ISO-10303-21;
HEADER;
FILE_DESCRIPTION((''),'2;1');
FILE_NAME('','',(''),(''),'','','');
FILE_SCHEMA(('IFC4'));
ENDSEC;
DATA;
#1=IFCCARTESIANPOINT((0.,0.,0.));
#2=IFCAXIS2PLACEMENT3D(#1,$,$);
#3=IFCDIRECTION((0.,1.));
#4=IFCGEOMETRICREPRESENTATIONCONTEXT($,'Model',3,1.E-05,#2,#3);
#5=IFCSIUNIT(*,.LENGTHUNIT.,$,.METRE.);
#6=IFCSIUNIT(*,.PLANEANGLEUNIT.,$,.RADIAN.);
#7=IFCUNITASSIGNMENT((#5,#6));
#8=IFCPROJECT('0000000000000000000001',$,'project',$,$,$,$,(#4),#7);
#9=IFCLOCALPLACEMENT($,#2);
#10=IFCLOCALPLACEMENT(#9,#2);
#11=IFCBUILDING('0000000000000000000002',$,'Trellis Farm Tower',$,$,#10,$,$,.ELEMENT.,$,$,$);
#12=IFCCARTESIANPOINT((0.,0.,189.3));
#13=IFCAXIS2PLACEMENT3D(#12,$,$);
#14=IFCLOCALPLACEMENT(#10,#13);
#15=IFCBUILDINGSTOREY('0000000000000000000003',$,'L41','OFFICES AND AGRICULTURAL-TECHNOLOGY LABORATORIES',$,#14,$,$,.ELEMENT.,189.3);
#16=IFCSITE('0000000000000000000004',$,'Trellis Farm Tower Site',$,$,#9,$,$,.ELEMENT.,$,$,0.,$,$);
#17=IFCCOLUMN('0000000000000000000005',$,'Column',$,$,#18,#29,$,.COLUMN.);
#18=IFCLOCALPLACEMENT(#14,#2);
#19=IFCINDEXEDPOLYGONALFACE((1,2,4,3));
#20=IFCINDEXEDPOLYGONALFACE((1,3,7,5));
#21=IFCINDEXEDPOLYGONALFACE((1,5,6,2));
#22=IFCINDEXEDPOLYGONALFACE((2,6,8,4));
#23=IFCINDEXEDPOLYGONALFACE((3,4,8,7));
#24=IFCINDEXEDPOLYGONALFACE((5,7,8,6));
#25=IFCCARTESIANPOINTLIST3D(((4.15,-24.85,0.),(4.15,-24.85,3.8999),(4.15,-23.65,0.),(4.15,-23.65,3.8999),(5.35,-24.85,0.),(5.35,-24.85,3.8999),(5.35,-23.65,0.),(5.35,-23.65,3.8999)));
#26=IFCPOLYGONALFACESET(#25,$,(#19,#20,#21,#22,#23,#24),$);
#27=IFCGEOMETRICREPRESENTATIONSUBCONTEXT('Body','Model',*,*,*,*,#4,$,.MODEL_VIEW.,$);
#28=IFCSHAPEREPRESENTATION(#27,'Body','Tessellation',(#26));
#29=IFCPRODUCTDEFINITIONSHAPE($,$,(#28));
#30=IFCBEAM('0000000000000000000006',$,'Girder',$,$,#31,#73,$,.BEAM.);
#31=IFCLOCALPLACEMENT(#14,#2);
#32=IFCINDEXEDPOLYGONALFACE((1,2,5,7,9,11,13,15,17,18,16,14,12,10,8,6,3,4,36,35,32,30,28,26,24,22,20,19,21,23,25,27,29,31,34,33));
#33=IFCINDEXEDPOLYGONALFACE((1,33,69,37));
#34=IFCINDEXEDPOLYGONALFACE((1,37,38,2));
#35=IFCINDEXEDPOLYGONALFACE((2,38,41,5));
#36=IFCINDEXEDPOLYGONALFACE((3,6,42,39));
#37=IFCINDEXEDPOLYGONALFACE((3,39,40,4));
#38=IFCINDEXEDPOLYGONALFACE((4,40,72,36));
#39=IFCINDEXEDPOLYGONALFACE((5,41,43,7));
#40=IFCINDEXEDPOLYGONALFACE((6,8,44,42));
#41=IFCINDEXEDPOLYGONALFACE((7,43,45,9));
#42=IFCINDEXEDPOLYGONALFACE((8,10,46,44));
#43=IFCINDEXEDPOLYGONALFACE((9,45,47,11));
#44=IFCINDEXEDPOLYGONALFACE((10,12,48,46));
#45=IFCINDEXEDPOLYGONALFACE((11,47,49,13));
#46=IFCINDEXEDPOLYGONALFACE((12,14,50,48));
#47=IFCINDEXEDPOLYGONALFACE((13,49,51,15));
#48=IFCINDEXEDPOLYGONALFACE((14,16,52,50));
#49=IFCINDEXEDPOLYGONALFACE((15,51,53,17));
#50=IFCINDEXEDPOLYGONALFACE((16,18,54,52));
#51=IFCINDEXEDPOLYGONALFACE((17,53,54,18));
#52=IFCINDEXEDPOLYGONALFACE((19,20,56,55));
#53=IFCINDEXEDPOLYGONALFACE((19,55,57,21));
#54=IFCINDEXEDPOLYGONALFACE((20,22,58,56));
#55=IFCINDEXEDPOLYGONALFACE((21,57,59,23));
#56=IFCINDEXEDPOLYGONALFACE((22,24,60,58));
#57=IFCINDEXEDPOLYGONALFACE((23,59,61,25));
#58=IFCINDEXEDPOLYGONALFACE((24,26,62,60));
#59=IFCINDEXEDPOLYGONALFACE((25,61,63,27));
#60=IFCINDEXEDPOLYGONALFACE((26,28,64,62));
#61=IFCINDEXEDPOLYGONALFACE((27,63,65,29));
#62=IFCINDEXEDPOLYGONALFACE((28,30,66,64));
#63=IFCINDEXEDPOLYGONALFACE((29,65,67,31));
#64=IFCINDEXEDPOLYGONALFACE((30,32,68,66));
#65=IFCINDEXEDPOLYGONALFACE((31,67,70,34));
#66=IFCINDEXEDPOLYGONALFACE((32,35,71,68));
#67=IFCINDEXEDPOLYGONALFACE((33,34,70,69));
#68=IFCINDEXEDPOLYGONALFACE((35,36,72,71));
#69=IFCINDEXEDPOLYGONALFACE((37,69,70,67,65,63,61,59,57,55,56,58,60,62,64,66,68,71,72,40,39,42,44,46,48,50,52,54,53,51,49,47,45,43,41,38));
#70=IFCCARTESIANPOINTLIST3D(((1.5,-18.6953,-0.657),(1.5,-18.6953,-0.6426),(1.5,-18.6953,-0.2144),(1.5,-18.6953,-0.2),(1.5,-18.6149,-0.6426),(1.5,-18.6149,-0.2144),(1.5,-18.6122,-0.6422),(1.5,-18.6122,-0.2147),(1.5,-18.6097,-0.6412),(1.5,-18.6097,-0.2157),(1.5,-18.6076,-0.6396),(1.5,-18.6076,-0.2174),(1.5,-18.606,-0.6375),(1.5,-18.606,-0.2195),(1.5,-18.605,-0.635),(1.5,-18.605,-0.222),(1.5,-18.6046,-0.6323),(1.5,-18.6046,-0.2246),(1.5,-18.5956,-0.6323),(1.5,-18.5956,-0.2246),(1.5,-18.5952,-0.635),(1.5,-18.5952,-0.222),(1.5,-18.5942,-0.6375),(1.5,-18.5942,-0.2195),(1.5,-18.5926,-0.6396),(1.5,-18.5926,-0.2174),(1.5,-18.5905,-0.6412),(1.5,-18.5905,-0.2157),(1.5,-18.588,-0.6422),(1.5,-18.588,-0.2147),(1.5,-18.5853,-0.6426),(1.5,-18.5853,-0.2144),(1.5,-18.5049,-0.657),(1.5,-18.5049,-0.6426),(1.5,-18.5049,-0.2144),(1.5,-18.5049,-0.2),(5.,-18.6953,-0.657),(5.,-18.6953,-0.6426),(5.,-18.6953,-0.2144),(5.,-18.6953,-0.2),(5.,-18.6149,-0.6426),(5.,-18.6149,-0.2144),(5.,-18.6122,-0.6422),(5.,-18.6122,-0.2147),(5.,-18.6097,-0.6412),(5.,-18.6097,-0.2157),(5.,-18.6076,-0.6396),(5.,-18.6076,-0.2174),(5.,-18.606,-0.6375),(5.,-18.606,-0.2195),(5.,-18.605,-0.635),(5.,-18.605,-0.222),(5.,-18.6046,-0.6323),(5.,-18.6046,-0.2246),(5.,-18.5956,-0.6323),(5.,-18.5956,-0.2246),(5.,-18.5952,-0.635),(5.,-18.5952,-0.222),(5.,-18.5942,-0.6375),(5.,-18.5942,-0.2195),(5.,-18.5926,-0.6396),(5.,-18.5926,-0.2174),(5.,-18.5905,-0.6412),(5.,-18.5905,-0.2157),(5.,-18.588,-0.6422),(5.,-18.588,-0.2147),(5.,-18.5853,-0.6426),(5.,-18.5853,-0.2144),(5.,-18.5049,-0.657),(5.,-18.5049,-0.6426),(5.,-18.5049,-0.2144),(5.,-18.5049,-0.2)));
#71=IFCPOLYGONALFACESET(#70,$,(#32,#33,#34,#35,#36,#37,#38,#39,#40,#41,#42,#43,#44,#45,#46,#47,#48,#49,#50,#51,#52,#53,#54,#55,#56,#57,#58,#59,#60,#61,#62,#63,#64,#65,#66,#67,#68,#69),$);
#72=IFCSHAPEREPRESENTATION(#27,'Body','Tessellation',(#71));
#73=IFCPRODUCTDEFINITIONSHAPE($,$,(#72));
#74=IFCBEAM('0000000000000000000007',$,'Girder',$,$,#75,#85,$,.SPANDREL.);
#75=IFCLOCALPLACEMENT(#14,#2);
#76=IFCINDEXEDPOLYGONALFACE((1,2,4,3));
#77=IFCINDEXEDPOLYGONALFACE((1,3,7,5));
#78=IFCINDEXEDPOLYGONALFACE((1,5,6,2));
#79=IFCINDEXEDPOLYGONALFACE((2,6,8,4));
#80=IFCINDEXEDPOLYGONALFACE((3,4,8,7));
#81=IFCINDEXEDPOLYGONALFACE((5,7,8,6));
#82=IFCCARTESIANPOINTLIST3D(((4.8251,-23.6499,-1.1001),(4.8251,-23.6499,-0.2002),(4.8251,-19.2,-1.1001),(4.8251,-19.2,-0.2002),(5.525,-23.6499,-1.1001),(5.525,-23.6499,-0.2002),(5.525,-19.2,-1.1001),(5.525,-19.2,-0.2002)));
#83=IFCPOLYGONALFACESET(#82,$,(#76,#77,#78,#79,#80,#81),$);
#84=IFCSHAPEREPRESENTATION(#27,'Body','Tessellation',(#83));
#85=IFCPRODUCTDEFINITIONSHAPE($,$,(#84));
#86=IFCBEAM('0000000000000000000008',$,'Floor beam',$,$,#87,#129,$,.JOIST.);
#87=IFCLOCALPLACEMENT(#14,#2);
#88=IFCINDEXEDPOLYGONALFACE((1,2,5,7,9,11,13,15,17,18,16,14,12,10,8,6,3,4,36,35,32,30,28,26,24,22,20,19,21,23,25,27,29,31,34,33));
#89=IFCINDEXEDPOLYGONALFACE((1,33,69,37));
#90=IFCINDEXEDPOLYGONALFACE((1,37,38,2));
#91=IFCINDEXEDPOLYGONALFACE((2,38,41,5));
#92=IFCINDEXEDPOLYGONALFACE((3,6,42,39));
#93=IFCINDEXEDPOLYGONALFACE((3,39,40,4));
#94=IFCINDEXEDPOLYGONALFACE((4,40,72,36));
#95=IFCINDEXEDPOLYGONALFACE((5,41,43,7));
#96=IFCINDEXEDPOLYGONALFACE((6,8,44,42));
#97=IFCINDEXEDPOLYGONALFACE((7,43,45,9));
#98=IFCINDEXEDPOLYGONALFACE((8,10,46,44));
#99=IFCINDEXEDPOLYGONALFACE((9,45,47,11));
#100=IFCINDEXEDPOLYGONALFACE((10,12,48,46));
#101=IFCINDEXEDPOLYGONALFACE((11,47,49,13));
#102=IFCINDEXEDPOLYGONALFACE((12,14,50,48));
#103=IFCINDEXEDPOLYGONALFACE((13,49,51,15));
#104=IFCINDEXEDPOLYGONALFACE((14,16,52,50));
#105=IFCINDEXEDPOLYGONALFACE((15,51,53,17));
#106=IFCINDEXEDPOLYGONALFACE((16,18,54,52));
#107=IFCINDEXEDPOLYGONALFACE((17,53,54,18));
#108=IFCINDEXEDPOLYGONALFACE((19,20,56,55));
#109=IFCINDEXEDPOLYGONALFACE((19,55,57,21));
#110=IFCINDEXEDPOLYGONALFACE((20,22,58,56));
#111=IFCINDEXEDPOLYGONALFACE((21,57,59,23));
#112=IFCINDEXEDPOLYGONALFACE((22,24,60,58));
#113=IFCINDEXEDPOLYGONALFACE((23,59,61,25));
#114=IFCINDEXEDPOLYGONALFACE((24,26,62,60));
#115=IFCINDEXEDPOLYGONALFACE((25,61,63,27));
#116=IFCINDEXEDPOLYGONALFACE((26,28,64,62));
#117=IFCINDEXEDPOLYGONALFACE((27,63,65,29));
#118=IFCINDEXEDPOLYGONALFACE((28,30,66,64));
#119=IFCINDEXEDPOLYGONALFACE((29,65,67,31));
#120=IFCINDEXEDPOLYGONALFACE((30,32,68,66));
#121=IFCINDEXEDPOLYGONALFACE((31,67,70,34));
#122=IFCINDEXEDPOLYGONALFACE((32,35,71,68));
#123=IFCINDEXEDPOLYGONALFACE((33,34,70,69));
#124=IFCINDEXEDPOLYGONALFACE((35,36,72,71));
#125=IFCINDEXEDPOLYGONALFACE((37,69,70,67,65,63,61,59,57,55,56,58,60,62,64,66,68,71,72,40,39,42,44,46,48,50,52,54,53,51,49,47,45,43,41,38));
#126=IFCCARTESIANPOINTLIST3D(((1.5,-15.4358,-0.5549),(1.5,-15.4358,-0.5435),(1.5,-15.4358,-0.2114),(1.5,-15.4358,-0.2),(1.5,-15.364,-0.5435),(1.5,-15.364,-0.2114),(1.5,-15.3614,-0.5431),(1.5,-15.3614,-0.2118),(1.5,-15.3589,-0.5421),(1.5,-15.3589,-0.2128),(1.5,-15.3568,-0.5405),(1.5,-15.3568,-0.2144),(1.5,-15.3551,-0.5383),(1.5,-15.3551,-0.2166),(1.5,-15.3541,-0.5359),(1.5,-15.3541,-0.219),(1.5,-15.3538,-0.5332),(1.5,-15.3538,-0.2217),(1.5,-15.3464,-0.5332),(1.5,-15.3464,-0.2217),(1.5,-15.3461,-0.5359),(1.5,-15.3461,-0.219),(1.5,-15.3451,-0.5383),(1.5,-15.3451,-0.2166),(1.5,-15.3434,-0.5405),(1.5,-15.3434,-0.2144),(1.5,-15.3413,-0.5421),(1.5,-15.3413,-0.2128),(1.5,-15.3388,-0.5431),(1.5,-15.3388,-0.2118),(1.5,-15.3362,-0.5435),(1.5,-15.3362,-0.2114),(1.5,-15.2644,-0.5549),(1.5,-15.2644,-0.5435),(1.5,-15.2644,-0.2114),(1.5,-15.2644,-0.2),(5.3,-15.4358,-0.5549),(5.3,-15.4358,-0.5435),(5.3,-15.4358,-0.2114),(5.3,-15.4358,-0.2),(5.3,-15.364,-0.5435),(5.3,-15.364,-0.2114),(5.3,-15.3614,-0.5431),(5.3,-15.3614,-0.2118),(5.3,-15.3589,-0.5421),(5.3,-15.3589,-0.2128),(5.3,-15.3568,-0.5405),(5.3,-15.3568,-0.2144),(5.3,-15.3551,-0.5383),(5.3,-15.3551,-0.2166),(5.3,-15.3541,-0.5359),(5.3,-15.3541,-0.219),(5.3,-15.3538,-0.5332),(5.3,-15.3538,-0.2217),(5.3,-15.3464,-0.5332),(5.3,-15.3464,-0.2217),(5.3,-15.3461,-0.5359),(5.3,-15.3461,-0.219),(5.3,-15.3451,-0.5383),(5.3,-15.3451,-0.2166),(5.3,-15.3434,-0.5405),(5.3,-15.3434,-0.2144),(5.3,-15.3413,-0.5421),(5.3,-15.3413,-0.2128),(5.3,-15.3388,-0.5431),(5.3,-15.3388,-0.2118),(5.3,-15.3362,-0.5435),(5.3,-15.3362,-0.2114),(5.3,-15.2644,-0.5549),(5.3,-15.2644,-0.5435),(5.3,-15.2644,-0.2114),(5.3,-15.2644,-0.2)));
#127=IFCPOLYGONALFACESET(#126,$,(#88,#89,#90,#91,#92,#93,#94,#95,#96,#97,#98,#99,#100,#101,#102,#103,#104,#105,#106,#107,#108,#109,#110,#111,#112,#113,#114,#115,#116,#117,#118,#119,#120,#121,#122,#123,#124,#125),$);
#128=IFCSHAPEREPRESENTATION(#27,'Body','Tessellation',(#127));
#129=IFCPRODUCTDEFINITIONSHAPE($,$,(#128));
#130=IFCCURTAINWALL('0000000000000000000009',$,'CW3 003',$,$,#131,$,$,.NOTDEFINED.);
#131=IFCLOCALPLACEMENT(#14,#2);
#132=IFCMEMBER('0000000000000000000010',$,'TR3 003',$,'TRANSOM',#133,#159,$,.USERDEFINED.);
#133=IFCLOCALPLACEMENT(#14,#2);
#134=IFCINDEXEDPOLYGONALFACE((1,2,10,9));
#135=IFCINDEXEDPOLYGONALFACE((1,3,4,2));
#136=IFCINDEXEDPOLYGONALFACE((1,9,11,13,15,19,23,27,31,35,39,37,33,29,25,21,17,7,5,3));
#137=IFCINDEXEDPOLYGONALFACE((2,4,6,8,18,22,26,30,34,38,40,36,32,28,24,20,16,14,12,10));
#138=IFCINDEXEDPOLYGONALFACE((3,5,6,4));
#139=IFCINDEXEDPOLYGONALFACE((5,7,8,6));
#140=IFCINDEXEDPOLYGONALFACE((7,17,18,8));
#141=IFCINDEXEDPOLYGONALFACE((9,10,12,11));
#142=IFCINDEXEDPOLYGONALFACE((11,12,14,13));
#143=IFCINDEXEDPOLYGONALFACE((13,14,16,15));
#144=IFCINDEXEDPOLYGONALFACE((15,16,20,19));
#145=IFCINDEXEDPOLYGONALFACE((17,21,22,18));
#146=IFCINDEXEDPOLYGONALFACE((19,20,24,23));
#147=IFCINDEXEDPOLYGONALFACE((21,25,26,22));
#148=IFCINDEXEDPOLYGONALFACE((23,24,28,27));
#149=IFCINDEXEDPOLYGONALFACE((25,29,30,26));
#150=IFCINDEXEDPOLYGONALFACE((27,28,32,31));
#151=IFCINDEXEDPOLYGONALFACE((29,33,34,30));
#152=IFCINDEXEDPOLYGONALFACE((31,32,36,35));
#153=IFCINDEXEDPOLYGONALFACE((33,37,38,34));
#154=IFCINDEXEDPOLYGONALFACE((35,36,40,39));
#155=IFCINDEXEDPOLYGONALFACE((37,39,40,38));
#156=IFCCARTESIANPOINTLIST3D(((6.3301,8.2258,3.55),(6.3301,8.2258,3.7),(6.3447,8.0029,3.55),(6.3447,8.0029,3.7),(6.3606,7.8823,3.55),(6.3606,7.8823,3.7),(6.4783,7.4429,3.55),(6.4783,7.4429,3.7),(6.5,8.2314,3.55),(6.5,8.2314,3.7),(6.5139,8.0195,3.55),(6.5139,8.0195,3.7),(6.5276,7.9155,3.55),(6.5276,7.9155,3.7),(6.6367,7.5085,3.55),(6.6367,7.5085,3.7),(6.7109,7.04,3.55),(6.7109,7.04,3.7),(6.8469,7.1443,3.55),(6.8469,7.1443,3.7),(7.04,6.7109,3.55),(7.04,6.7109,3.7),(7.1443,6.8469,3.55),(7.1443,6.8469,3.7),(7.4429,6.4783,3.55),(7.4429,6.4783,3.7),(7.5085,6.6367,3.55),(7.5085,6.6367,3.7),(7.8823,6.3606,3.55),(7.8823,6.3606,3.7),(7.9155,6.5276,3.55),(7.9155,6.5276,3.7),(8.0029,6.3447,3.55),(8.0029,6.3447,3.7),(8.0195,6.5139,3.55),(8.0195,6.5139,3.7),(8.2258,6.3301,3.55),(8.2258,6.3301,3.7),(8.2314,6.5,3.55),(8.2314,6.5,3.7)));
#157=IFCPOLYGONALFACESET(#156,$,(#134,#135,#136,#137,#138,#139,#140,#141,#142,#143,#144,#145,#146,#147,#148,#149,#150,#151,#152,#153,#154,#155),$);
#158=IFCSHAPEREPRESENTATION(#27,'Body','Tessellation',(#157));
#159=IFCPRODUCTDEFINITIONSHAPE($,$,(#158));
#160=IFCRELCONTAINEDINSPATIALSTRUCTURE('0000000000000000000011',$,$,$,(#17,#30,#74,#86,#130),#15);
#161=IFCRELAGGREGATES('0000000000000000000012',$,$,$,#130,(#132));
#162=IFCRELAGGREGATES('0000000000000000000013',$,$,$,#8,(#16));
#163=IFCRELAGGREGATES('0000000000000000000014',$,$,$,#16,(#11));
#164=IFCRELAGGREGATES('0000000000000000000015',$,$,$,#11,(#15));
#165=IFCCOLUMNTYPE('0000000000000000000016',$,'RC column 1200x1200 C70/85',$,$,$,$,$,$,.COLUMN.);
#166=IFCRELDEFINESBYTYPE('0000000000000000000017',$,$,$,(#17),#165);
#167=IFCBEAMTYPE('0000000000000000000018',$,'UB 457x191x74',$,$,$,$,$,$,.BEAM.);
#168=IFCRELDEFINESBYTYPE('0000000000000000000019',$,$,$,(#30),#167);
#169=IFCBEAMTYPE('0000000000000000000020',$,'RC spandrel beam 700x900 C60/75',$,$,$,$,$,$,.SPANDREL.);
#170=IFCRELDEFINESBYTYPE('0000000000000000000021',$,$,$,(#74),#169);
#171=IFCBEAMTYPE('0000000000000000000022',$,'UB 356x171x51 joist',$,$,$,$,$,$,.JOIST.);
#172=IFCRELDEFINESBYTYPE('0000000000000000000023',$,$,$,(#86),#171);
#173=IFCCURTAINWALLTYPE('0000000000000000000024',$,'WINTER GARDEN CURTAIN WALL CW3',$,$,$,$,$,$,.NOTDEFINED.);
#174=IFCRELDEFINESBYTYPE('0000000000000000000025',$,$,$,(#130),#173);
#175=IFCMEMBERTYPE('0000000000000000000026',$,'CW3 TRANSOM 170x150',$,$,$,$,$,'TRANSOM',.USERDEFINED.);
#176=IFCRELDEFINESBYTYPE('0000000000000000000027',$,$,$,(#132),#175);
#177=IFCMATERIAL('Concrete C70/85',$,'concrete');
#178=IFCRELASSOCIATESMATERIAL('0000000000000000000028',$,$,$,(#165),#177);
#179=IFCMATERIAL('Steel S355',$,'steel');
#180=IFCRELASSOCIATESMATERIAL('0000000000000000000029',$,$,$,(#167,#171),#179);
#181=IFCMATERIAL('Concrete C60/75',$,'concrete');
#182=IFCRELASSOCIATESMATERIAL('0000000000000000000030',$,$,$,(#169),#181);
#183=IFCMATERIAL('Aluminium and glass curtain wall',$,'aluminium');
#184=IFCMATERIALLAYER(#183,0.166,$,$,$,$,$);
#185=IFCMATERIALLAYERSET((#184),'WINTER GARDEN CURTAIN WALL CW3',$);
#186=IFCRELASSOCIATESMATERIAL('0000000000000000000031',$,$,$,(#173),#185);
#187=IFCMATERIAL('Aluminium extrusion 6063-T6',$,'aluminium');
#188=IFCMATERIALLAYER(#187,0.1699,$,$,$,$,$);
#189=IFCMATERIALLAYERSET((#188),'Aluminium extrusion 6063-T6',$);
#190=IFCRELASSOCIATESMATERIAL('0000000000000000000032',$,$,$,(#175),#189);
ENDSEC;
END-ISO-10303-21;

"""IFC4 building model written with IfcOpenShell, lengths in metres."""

from ifc_helpers import new_model, si_unit, direction, frame, origin, origin_2d, place, context, subcontext, project, spatial, polyline, rectangle, i_section, outline, extrude, source, transform, mapped, material, layer, layer_set, material_profile, profile_set, type_object, element, aggregate, save


model = new_model("IFC4")

# Units and contexts
model_context = context("Model", 3, precision=1e-05, world=origin(), true_north=direction((0.0, 1.0)))
body_context = subcontext(model_context, "Body", "Model", "MODEL_VIEW")
ifc_project = project(units=[si_unit("LENGTHUNIT", "METRE"), si_unit("PLANEANGLEUNIT", "RADIAN")], contexts=[model_context])

# Site, building, storey
site_placement = place(None, origin())
site = spatial("IfcSite", under=ifc_project, at=site_placement, Name="Trellis Farm Tower Site", CompositionType="ELEMENT", RefElevation=0.0)
building_placement = place(site_placement, origin())
building = spatial("IfcBuilding", under=site, at=building_placement, Name="Trellis Farm Tower", CompositionType="ELEMENT")
storey_placement = place(building_placement, frame((0.0, 0.0, 189.3)))
storey = spatial("IfcBuildingStorey", under=building, at=storey_placement, Name="L41", Description="OFFICES AND AGRICULTURAL-TECHNOLOGY LABORATORIES", CompositionType="ELEMENT", Elevation=189.3)

# Column
ifc_material_1 = material(Name="Concrete C70/85", Category="concrete")
ifc_material_profile_1 = material_profile(ifc_material_1, rectangle(XDim=1.2, YDim=1.2, at=origin_2d()), Name="RC column 1200x1200 C70/85")
ifc_profile_set_1 = profile_set([ifc_material_profile_1], Name="Concrete C70/85")
column_type = type_object("IfcColumnType", Name="RC column 1200x1200 C70/85", PredefinedType="COLUMN", material=ifc_profile_set_1)
shared_shape_1 = source(origin(), body_context, "Body", "SweptSolid", [
    extrude(rectangle(XDim=1.2, YDim=1.2, at=origin_2d()), origin(), (0.0, 0.0, 1.0), 3.8999),
])
column_placement = place(storey_placement, frame((4.75, -24.25, 0.0), z_axis=(0.0, 0.0, 1.0), x_axis=(1.0, 0.0, 0.0)))
element("IfcColumn", 1, at=column_placement, inside=storey, type_object=column_type, Name="Column", PredefinedType="COLUMN", context=body_context, shape_type="MappedRepresentation", body=[
    mapped(shared_shape_1, transform((0.0, 0.0, 0.0))),
])

# Beams
ifc_material_2 = material(Name="Steel S355", Category="steel")
ifc_material_profile_2 = material_profile(ifc_material_2, i_section(OverallWidth=0.1904, OverallDepth=0.457, WebThickness=0.009, FlangeThickness=0.0144, FilletRadius=0.0103, at=origin_2d()), Name="UB 457x191x74")
ifc_profile_set_2 = profile_set([ifc_material_profile_2], Name="Steel S355")
beam_type_1 = type_object("IfcBeamType", Name="UB 457x191x74", PredefinedType="BEAM", material=ifc_profile_set_2)
shared_shape_2 = source(origin(), body_context, "Body", "SweptSolid", [
    extrude(i_section(OverallWidth=0.1904, OverallDepth=0.457, WebThickness=0.009, FlangeThickness=0.0144, FilletRadius=0.0103, at=origin_2d()), origin(), (0.0, 0.0, 1.0), 3.5),
])
beam_1_placement = place(storey_placement, frame((1.5, -18.6001, -0.4285), z_axis=(1.0, 0.0, 0.0), x_axis=(0.0, 1.0, 0.0)))
element("IfcBeam", 2, at=beam_1_placement, inside=storey, type_object=beam_type_1, Name="Girder", PredefinedType="BEAM", context=body_context, shape_type="MappedRepresentation", body=[
    mapped(shared_shape_2, transform((0.0, 0.0, 0.0))),
])
ifc_material_3 = material(Name="Concrete C60/75", Category="concrete")
ifc_material_profile_3 = material_profile(ifc_material_3, rectangle(XDim=0.7, YDim=0.8999, at=origin_2d()), Name="RC spandrel beam 700x900 C60/75")
ifc_profile_set_3 = profile_set([ifc_material_profile_3], Name="Concrete C60/75")
beam_type_2 = type_object("IfcBeamType", Name="RC spandrel beam 700x900 C60/75", PredefinedType="SPANDREL", material=ifc_profile_set_3)
shared_shape_3 = source(origin(), body_context, "Body", "SweptSolid", [
    extrude(rectangle(XDim=0.7, YDim=0.8999, at=origin_2d()), origin(), (0.0, 0.0, 1.0), 4.45),
])
beam_2_placement = place(storey_placement, frame((5.175, -23.6499, -0.6501), z_axis=(0.0, 1.0, 0.0), x_axis=(-1.0, 0.0, 0.0)))
element("IfcBeam", 3, at=beam_2_placement, inside=storey, type_object=beam_type_2, Name="Girder", PredefinedType="SPANDREL", context=body_context, shape_type="MappedRepresentation", body=[
    mapped(shared_shape_3, transform((0.0, 0.0, 0.0))),
])
ifc_material_profile_4 = material_profile(ifc_material_2, i_section(OverallWidth=0.1714, OverallDepth=0.355, WebThickness=0.0073, FlangeThickness=0.0115, FilletRadius=0.0103, at=origin_2d()), Name="UB 356x171x51")
ifc_profile_set_4 = profile_set([ifc_material_profile_4], Name="Steel S355")
beam_type_3 = type_object("IfcBeamType", Name="UB 356x171x51 joist", PredefinedType="JOIST", material=ifc_profile_set_4)
shared_shape_4 = source(origin(), body_context, "Body", "SweptSolid", [
    extrude(i_section(OverallWidth=0.1714, OverallDepth=0.355, WebThickness=0.0073, FlangeThickness=0.0115, FilletRadius=0.0103, at=origin_2d()), origin(), (0.0, 0.0, 1.0), 3.8),
])
beam_3_placement = place(storey_placement, frame((1.5, -15.3501, -0.3774), z_axis=(1.0, 0.0, 0.0), x_axis=(0.0, 1.0, 0.0)))
element("IfcBeam", 4, at=beam_3_placement, inside=storey, type_object=beam_type_3, Name="Floor beam", PredefinedType="JOIST", context=body_context, shape_type="MappedRepresentation", body=[
    mapped(shared_shape_4, transform((0.0, 0.0, 0.0))),
])

# Curtain wall, member
ifc_material_4 = material(Name="Aluminium and glass curtain wall", Category="aluminium")
ifc_layer_1 = layer(ifc_material_4, 0.166)
ifc_layer_set_1 = layer_set([ifc_layer_1], Name="WINTER GARDEN CURTAIN WALL CW3")
curtain_wall_type_1 = type_object("IfcCurtainWallType", Name="WINTER GARDEN CURTAIN WALL CW3", PredefinedType="NOTDEFINED", material=ifc_layer_set_1)
placement_1 = place(storey_placement, origin())
curtain_wall_1 = element("IfcCurtainWall", 5, at=placement_1, inside=storey, type_object=curtain_wall_type_1, Name="CW3 003", PredefinedType="NOTDEFINED")
ifc_material_5 = material(Name="Aluminium extrusion 6063-T6", Category="aluminium")
ifc_layer_2 = layer(ifc_material_5, 0.1699)
ifc_layer_set_2 = layer_set([ifc_layer_2], Name="Aluminium extrusion 6063-T6")
member_type_1 = type_object("IfcMemberType", Name="CW3 TRANSOM 170x150", ElementType="TRANSOM", PredefinedType="USERDEFINED", material=ifc_layer_set_2)
shared_shape_5 = source(origin(), body_context, "Body", "SweptSolid", [
    extrude(outline(polyline([(8.2314, 6.5), (8.0195, 6.5139), (7.9155, 6.5276), (7.5085, 6.6367), (7.1443, 6.8469), (6.8469, 7.1443), (6.6367, 7.5085), (6.5276, 7.9155), (6.5139, 8.0195), (6.5, 8.2314), (6.3301, 8.2258), (6.3447, 8.0029), (6.3606, 7.8823), (6.4783, 7.4429), (6.7109, 7.04), (7.04, 6.7109), (7.4429, 6.4783), (7.8823, 6.3606), (8.0029, 6.3447), (8.2258, 6.3301), (8.2314, 6.5)])), origin(), (0.0, 0.0, 1.0), 0.1499),
])
member_1_placement = place(storey_placement, frame((0.0, 0.0, 3.55)))
member_1 = element("IfcMember", 6, at=member_1_placement, type_object=member_type_1, Name="TR3 003", ObjectType="TRANSOM", PredefinedType="USERDEFINED", context=body_context, shape_type="MappedRepresentation", body=[
    mapped(shared_shape_5, transform((0.0, 0.0, 0.0))),
])

aggregate(curtain_wall_1, [member_1])

save(model, "model.ifc")
